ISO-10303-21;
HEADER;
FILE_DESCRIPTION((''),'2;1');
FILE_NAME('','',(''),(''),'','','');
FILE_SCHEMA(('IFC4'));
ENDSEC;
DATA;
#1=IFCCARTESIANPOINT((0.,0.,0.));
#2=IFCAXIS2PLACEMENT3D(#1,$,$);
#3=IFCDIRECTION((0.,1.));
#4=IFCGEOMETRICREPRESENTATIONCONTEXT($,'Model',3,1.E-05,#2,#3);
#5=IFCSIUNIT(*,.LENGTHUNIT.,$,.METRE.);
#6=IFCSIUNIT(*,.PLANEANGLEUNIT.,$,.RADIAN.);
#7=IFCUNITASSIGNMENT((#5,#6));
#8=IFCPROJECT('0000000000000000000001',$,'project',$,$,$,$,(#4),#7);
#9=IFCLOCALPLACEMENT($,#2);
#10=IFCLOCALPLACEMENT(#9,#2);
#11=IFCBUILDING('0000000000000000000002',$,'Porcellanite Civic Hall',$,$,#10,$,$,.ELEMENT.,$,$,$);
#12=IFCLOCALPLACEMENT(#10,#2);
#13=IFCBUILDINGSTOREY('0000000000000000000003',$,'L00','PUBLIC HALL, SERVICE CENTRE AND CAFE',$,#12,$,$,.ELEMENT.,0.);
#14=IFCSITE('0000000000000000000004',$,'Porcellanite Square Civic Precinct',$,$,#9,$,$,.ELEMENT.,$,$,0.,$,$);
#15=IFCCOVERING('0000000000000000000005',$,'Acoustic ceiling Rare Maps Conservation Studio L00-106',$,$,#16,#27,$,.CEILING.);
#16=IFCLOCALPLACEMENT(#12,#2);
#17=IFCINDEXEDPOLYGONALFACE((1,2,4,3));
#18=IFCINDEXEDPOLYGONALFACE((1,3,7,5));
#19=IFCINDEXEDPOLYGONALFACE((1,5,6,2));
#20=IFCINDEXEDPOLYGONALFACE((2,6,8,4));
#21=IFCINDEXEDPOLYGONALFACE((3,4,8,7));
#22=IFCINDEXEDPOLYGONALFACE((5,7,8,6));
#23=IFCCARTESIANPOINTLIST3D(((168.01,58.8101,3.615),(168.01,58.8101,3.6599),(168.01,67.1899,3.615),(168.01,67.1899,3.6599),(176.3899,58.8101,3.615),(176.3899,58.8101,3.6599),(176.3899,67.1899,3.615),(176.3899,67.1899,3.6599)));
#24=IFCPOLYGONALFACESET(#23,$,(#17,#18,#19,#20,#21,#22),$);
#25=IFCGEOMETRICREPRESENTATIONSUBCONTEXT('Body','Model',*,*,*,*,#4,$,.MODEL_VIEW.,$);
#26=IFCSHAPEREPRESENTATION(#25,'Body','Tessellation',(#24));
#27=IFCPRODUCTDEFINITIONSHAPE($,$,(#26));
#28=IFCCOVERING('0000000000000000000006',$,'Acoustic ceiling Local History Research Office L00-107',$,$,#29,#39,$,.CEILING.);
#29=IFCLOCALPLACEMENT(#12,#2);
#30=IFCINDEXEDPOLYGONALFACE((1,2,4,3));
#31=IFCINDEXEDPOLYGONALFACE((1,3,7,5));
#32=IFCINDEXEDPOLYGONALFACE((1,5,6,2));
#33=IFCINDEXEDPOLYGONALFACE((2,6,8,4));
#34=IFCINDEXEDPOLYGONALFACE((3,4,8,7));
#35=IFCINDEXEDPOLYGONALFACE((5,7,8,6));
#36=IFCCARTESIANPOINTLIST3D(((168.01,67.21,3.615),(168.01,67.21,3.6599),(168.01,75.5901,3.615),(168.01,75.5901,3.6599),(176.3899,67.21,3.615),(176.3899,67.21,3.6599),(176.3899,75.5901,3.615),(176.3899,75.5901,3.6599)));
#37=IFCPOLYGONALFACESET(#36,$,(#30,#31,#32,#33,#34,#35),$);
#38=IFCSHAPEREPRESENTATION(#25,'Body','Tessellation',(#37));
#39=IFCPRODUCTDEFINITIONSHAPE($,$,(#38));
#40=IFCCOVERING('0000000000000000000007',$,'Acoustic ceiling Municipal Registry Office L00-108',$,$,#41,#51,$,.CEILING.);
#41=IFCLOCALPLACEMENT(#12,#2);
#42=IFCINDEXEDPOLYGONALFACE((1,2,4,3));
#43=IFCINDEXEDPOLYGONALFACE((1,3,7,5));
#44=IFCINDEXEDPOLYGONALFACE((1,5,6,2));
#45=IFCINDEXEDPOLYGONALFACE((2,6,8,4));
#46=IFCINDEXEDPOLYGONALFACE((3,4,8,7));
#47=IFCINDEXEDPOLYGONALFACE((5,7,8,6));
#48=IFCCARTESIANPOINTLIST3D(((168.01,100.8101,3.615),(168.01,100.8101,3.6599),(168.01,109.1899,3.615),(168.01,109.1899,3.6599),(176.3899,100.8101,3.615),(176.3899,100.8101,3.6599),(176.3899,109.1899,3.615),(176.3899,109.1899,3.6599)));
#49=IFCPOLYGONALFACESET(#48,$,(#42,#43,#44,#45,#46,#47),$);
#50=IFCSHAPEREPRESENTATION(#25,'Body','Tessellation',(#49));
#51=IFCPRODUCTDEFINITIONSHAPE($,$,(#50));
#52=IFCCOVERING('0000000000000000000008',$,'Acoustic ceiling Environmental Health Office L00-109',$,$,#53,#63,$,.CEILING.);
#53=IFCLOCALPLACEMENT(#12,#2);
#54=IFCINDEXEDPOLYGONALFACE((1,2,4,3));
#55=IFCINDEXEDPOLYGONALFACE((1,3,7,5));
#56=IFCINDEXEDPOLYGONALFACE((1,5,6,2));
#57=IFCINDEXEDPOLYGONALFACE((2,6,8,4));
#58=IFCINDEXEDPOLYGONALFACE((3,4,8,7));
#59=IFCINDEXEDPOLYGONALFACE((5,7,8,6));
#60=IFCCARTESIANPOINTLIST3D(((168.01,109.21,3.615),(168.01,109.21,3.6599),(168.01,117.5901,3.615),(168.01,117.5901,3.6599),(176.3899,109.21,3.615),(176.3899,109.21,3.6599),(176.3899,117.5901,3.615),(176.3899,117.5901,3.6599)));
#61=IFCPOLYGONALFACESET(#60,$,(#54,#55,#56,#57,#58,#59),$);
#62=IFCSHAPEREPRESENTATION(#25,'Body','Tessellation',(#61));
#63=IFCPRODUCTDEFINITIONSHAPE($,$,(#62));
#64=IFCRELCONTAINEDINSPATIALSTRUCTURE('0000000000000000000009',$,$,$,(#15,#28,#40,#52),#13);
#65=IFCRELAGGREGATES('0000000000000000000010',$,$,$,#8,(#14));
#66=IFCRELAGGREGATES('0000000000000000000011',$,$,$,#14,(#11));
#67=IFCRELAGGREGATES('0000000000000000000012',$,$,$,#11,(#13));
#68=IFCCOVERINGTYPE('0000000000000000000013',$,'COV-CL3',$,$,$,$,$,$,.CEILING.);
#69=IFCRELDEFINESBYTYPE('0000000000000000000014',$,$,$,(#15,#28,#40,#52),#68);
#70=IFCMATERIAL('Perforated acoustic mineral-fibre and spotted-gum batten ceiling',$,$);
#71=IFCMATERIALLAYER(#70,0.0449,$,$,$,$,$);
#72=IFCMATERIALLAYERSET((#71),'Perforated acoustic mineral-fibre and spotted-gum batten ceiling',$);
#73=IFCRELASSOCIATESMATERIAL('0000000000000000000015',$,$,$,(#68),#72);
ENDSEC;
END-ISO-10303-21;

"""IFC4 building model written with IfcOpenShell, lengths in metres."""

from ifc_helpers import new_model, si_unit, direction, frame, origin, place, context, subcontext, project, spatial, polyline, outline, extrude, material, layer, layer_set, type_object, element, save


model = new_model("IFC4")

# Units and contexts
model_context = context("Model", 3, precision=1e-05, world=origin(), true_north=direction((0.0, 1.0)))
body_context = subcontext(model_context, "Body", "Model", "MODEL_VIEW")
ifc_project = project(units=[si_unit("LENGTHUNIT", "METRE"), si_unit("PLANEANGLEUNIT", "RADIAN")], contexts=[model_context])

# Site, building, storey
site_placement = place(None, origin())
site = spatial("IfcSite", under=ifc_project, at=site_placement, Name="Porcellanite Square Civic Precinct", CompositionType="ELEMENT", RefElevation=0.0)
building_placement = place(site_placement, origin())
building = spatial("IfcBuilding", under=site, at=building_placement, Name="Porcellanite Civic Hall", CompositionType="ELEMENT")
storey_placement = place(building_placement, origin())
storey = spatial("IfcBuildingStorey", under=building, at=storey_placement, Name="L00", Description="PUBLIC HALL, SERVICE CENTRE AND CAFE", CompositionType="ELEMENT", Elevation=0.0)

# Coverings
ifc_material_1 = material(Name="Perforated acoustic mineral-fibre and spotted-gum batten ceiling")
ifc_layer_1 = layer(ifc_material_1, 0.0449)
ifc_layer_set_1 = layer_set([ifc_layer_1], Name="Perforated acoustic mineral-fibre and spotted-gum batten ceiling")
covering_type = type_object("IfcCoveringType", Name="COV-CL3", PredefinedType="CEILING", material=ifc_layer_set_1)
covering_1_placement = place(storey_placement, frame((0.0, 0.0, 3.615)))
element("IfcCovering", 1, at=covering_1_placement, inside=storey, type_object=covering_type, Name="Acoustic ceiling Rare Maps Conservation Studio L00-106", PredefinedType="CEILING", context=body_context, shape_type="SweptSolid", body=[
    extrude(outline(polyline([(168.01, 58.8101), (176.3899, 58.8101), (176.3899, 67.1899), (168.01, 67.1899), (168.01, 58.8101)])), origin(), (0.0, 0.0, 1.0), 0.0449),
])
covering_2_placement = place(storey_placement, frame((0.0, 0.0, 3.615)))
element("IfcCovering", 2, at=covering_2_placement, inside=storey, type_object=covering_type, Name="Acoustic ceiling Local History Research Office L00-107", PredefinedType="CEILING", context=body_context, shape_type="SweptSolid", body=[
    extrude(outline(polyline([(168.01, 67.21), (176.3899, 67.21), (176.3899, 75.5901), (168.01, 75.5901), (168.01, 67.21)])), origin(), (0.0, 0.0, 1.0), 0.0449),
])
covering_3_placement = place(storey_placement, frame((0.0, 0.0, 3.615)))
element("IfcCovering", 3, at=covering_3_placement, inside=storey, type_object=covering_type, Name="Acoustic ceiling Municipal Registry Office L00-108", PredefinedType="CEILING", context=body_context, shape_type="SweptSolid", body=[
    extrude(outline(polyline([(168.01, 100.8101), (176.3899, 100.8101), (176.3899, 109.1899), (168.01, 109.1899), (168.01, 100.8101)])), origin(), (0.0, 0.0, 1.0), 0.0449),
])
covering_4_placement = place(storey_placement, frame((0.0, 0.0, 3.615)))
element("IfcCovering", 4, at=covering_4_placement, inside=storey, type_object=covering_type, Name="Acoustic ceiling Environmental Health Office L00-109", PredefinedType="CEILING", context=body_context, shape_type="SweptSolid", body=[
    extrude(outline(polyline([(168.01, 109.21), (176.3899, 109.21), (176.3899, 117.5901), (168.01, 117.5901), (168.01, 109.21)])), origin(), (0.0, 0.0, 1.0), 0.0449),
])

save(model, "model.ifc")
